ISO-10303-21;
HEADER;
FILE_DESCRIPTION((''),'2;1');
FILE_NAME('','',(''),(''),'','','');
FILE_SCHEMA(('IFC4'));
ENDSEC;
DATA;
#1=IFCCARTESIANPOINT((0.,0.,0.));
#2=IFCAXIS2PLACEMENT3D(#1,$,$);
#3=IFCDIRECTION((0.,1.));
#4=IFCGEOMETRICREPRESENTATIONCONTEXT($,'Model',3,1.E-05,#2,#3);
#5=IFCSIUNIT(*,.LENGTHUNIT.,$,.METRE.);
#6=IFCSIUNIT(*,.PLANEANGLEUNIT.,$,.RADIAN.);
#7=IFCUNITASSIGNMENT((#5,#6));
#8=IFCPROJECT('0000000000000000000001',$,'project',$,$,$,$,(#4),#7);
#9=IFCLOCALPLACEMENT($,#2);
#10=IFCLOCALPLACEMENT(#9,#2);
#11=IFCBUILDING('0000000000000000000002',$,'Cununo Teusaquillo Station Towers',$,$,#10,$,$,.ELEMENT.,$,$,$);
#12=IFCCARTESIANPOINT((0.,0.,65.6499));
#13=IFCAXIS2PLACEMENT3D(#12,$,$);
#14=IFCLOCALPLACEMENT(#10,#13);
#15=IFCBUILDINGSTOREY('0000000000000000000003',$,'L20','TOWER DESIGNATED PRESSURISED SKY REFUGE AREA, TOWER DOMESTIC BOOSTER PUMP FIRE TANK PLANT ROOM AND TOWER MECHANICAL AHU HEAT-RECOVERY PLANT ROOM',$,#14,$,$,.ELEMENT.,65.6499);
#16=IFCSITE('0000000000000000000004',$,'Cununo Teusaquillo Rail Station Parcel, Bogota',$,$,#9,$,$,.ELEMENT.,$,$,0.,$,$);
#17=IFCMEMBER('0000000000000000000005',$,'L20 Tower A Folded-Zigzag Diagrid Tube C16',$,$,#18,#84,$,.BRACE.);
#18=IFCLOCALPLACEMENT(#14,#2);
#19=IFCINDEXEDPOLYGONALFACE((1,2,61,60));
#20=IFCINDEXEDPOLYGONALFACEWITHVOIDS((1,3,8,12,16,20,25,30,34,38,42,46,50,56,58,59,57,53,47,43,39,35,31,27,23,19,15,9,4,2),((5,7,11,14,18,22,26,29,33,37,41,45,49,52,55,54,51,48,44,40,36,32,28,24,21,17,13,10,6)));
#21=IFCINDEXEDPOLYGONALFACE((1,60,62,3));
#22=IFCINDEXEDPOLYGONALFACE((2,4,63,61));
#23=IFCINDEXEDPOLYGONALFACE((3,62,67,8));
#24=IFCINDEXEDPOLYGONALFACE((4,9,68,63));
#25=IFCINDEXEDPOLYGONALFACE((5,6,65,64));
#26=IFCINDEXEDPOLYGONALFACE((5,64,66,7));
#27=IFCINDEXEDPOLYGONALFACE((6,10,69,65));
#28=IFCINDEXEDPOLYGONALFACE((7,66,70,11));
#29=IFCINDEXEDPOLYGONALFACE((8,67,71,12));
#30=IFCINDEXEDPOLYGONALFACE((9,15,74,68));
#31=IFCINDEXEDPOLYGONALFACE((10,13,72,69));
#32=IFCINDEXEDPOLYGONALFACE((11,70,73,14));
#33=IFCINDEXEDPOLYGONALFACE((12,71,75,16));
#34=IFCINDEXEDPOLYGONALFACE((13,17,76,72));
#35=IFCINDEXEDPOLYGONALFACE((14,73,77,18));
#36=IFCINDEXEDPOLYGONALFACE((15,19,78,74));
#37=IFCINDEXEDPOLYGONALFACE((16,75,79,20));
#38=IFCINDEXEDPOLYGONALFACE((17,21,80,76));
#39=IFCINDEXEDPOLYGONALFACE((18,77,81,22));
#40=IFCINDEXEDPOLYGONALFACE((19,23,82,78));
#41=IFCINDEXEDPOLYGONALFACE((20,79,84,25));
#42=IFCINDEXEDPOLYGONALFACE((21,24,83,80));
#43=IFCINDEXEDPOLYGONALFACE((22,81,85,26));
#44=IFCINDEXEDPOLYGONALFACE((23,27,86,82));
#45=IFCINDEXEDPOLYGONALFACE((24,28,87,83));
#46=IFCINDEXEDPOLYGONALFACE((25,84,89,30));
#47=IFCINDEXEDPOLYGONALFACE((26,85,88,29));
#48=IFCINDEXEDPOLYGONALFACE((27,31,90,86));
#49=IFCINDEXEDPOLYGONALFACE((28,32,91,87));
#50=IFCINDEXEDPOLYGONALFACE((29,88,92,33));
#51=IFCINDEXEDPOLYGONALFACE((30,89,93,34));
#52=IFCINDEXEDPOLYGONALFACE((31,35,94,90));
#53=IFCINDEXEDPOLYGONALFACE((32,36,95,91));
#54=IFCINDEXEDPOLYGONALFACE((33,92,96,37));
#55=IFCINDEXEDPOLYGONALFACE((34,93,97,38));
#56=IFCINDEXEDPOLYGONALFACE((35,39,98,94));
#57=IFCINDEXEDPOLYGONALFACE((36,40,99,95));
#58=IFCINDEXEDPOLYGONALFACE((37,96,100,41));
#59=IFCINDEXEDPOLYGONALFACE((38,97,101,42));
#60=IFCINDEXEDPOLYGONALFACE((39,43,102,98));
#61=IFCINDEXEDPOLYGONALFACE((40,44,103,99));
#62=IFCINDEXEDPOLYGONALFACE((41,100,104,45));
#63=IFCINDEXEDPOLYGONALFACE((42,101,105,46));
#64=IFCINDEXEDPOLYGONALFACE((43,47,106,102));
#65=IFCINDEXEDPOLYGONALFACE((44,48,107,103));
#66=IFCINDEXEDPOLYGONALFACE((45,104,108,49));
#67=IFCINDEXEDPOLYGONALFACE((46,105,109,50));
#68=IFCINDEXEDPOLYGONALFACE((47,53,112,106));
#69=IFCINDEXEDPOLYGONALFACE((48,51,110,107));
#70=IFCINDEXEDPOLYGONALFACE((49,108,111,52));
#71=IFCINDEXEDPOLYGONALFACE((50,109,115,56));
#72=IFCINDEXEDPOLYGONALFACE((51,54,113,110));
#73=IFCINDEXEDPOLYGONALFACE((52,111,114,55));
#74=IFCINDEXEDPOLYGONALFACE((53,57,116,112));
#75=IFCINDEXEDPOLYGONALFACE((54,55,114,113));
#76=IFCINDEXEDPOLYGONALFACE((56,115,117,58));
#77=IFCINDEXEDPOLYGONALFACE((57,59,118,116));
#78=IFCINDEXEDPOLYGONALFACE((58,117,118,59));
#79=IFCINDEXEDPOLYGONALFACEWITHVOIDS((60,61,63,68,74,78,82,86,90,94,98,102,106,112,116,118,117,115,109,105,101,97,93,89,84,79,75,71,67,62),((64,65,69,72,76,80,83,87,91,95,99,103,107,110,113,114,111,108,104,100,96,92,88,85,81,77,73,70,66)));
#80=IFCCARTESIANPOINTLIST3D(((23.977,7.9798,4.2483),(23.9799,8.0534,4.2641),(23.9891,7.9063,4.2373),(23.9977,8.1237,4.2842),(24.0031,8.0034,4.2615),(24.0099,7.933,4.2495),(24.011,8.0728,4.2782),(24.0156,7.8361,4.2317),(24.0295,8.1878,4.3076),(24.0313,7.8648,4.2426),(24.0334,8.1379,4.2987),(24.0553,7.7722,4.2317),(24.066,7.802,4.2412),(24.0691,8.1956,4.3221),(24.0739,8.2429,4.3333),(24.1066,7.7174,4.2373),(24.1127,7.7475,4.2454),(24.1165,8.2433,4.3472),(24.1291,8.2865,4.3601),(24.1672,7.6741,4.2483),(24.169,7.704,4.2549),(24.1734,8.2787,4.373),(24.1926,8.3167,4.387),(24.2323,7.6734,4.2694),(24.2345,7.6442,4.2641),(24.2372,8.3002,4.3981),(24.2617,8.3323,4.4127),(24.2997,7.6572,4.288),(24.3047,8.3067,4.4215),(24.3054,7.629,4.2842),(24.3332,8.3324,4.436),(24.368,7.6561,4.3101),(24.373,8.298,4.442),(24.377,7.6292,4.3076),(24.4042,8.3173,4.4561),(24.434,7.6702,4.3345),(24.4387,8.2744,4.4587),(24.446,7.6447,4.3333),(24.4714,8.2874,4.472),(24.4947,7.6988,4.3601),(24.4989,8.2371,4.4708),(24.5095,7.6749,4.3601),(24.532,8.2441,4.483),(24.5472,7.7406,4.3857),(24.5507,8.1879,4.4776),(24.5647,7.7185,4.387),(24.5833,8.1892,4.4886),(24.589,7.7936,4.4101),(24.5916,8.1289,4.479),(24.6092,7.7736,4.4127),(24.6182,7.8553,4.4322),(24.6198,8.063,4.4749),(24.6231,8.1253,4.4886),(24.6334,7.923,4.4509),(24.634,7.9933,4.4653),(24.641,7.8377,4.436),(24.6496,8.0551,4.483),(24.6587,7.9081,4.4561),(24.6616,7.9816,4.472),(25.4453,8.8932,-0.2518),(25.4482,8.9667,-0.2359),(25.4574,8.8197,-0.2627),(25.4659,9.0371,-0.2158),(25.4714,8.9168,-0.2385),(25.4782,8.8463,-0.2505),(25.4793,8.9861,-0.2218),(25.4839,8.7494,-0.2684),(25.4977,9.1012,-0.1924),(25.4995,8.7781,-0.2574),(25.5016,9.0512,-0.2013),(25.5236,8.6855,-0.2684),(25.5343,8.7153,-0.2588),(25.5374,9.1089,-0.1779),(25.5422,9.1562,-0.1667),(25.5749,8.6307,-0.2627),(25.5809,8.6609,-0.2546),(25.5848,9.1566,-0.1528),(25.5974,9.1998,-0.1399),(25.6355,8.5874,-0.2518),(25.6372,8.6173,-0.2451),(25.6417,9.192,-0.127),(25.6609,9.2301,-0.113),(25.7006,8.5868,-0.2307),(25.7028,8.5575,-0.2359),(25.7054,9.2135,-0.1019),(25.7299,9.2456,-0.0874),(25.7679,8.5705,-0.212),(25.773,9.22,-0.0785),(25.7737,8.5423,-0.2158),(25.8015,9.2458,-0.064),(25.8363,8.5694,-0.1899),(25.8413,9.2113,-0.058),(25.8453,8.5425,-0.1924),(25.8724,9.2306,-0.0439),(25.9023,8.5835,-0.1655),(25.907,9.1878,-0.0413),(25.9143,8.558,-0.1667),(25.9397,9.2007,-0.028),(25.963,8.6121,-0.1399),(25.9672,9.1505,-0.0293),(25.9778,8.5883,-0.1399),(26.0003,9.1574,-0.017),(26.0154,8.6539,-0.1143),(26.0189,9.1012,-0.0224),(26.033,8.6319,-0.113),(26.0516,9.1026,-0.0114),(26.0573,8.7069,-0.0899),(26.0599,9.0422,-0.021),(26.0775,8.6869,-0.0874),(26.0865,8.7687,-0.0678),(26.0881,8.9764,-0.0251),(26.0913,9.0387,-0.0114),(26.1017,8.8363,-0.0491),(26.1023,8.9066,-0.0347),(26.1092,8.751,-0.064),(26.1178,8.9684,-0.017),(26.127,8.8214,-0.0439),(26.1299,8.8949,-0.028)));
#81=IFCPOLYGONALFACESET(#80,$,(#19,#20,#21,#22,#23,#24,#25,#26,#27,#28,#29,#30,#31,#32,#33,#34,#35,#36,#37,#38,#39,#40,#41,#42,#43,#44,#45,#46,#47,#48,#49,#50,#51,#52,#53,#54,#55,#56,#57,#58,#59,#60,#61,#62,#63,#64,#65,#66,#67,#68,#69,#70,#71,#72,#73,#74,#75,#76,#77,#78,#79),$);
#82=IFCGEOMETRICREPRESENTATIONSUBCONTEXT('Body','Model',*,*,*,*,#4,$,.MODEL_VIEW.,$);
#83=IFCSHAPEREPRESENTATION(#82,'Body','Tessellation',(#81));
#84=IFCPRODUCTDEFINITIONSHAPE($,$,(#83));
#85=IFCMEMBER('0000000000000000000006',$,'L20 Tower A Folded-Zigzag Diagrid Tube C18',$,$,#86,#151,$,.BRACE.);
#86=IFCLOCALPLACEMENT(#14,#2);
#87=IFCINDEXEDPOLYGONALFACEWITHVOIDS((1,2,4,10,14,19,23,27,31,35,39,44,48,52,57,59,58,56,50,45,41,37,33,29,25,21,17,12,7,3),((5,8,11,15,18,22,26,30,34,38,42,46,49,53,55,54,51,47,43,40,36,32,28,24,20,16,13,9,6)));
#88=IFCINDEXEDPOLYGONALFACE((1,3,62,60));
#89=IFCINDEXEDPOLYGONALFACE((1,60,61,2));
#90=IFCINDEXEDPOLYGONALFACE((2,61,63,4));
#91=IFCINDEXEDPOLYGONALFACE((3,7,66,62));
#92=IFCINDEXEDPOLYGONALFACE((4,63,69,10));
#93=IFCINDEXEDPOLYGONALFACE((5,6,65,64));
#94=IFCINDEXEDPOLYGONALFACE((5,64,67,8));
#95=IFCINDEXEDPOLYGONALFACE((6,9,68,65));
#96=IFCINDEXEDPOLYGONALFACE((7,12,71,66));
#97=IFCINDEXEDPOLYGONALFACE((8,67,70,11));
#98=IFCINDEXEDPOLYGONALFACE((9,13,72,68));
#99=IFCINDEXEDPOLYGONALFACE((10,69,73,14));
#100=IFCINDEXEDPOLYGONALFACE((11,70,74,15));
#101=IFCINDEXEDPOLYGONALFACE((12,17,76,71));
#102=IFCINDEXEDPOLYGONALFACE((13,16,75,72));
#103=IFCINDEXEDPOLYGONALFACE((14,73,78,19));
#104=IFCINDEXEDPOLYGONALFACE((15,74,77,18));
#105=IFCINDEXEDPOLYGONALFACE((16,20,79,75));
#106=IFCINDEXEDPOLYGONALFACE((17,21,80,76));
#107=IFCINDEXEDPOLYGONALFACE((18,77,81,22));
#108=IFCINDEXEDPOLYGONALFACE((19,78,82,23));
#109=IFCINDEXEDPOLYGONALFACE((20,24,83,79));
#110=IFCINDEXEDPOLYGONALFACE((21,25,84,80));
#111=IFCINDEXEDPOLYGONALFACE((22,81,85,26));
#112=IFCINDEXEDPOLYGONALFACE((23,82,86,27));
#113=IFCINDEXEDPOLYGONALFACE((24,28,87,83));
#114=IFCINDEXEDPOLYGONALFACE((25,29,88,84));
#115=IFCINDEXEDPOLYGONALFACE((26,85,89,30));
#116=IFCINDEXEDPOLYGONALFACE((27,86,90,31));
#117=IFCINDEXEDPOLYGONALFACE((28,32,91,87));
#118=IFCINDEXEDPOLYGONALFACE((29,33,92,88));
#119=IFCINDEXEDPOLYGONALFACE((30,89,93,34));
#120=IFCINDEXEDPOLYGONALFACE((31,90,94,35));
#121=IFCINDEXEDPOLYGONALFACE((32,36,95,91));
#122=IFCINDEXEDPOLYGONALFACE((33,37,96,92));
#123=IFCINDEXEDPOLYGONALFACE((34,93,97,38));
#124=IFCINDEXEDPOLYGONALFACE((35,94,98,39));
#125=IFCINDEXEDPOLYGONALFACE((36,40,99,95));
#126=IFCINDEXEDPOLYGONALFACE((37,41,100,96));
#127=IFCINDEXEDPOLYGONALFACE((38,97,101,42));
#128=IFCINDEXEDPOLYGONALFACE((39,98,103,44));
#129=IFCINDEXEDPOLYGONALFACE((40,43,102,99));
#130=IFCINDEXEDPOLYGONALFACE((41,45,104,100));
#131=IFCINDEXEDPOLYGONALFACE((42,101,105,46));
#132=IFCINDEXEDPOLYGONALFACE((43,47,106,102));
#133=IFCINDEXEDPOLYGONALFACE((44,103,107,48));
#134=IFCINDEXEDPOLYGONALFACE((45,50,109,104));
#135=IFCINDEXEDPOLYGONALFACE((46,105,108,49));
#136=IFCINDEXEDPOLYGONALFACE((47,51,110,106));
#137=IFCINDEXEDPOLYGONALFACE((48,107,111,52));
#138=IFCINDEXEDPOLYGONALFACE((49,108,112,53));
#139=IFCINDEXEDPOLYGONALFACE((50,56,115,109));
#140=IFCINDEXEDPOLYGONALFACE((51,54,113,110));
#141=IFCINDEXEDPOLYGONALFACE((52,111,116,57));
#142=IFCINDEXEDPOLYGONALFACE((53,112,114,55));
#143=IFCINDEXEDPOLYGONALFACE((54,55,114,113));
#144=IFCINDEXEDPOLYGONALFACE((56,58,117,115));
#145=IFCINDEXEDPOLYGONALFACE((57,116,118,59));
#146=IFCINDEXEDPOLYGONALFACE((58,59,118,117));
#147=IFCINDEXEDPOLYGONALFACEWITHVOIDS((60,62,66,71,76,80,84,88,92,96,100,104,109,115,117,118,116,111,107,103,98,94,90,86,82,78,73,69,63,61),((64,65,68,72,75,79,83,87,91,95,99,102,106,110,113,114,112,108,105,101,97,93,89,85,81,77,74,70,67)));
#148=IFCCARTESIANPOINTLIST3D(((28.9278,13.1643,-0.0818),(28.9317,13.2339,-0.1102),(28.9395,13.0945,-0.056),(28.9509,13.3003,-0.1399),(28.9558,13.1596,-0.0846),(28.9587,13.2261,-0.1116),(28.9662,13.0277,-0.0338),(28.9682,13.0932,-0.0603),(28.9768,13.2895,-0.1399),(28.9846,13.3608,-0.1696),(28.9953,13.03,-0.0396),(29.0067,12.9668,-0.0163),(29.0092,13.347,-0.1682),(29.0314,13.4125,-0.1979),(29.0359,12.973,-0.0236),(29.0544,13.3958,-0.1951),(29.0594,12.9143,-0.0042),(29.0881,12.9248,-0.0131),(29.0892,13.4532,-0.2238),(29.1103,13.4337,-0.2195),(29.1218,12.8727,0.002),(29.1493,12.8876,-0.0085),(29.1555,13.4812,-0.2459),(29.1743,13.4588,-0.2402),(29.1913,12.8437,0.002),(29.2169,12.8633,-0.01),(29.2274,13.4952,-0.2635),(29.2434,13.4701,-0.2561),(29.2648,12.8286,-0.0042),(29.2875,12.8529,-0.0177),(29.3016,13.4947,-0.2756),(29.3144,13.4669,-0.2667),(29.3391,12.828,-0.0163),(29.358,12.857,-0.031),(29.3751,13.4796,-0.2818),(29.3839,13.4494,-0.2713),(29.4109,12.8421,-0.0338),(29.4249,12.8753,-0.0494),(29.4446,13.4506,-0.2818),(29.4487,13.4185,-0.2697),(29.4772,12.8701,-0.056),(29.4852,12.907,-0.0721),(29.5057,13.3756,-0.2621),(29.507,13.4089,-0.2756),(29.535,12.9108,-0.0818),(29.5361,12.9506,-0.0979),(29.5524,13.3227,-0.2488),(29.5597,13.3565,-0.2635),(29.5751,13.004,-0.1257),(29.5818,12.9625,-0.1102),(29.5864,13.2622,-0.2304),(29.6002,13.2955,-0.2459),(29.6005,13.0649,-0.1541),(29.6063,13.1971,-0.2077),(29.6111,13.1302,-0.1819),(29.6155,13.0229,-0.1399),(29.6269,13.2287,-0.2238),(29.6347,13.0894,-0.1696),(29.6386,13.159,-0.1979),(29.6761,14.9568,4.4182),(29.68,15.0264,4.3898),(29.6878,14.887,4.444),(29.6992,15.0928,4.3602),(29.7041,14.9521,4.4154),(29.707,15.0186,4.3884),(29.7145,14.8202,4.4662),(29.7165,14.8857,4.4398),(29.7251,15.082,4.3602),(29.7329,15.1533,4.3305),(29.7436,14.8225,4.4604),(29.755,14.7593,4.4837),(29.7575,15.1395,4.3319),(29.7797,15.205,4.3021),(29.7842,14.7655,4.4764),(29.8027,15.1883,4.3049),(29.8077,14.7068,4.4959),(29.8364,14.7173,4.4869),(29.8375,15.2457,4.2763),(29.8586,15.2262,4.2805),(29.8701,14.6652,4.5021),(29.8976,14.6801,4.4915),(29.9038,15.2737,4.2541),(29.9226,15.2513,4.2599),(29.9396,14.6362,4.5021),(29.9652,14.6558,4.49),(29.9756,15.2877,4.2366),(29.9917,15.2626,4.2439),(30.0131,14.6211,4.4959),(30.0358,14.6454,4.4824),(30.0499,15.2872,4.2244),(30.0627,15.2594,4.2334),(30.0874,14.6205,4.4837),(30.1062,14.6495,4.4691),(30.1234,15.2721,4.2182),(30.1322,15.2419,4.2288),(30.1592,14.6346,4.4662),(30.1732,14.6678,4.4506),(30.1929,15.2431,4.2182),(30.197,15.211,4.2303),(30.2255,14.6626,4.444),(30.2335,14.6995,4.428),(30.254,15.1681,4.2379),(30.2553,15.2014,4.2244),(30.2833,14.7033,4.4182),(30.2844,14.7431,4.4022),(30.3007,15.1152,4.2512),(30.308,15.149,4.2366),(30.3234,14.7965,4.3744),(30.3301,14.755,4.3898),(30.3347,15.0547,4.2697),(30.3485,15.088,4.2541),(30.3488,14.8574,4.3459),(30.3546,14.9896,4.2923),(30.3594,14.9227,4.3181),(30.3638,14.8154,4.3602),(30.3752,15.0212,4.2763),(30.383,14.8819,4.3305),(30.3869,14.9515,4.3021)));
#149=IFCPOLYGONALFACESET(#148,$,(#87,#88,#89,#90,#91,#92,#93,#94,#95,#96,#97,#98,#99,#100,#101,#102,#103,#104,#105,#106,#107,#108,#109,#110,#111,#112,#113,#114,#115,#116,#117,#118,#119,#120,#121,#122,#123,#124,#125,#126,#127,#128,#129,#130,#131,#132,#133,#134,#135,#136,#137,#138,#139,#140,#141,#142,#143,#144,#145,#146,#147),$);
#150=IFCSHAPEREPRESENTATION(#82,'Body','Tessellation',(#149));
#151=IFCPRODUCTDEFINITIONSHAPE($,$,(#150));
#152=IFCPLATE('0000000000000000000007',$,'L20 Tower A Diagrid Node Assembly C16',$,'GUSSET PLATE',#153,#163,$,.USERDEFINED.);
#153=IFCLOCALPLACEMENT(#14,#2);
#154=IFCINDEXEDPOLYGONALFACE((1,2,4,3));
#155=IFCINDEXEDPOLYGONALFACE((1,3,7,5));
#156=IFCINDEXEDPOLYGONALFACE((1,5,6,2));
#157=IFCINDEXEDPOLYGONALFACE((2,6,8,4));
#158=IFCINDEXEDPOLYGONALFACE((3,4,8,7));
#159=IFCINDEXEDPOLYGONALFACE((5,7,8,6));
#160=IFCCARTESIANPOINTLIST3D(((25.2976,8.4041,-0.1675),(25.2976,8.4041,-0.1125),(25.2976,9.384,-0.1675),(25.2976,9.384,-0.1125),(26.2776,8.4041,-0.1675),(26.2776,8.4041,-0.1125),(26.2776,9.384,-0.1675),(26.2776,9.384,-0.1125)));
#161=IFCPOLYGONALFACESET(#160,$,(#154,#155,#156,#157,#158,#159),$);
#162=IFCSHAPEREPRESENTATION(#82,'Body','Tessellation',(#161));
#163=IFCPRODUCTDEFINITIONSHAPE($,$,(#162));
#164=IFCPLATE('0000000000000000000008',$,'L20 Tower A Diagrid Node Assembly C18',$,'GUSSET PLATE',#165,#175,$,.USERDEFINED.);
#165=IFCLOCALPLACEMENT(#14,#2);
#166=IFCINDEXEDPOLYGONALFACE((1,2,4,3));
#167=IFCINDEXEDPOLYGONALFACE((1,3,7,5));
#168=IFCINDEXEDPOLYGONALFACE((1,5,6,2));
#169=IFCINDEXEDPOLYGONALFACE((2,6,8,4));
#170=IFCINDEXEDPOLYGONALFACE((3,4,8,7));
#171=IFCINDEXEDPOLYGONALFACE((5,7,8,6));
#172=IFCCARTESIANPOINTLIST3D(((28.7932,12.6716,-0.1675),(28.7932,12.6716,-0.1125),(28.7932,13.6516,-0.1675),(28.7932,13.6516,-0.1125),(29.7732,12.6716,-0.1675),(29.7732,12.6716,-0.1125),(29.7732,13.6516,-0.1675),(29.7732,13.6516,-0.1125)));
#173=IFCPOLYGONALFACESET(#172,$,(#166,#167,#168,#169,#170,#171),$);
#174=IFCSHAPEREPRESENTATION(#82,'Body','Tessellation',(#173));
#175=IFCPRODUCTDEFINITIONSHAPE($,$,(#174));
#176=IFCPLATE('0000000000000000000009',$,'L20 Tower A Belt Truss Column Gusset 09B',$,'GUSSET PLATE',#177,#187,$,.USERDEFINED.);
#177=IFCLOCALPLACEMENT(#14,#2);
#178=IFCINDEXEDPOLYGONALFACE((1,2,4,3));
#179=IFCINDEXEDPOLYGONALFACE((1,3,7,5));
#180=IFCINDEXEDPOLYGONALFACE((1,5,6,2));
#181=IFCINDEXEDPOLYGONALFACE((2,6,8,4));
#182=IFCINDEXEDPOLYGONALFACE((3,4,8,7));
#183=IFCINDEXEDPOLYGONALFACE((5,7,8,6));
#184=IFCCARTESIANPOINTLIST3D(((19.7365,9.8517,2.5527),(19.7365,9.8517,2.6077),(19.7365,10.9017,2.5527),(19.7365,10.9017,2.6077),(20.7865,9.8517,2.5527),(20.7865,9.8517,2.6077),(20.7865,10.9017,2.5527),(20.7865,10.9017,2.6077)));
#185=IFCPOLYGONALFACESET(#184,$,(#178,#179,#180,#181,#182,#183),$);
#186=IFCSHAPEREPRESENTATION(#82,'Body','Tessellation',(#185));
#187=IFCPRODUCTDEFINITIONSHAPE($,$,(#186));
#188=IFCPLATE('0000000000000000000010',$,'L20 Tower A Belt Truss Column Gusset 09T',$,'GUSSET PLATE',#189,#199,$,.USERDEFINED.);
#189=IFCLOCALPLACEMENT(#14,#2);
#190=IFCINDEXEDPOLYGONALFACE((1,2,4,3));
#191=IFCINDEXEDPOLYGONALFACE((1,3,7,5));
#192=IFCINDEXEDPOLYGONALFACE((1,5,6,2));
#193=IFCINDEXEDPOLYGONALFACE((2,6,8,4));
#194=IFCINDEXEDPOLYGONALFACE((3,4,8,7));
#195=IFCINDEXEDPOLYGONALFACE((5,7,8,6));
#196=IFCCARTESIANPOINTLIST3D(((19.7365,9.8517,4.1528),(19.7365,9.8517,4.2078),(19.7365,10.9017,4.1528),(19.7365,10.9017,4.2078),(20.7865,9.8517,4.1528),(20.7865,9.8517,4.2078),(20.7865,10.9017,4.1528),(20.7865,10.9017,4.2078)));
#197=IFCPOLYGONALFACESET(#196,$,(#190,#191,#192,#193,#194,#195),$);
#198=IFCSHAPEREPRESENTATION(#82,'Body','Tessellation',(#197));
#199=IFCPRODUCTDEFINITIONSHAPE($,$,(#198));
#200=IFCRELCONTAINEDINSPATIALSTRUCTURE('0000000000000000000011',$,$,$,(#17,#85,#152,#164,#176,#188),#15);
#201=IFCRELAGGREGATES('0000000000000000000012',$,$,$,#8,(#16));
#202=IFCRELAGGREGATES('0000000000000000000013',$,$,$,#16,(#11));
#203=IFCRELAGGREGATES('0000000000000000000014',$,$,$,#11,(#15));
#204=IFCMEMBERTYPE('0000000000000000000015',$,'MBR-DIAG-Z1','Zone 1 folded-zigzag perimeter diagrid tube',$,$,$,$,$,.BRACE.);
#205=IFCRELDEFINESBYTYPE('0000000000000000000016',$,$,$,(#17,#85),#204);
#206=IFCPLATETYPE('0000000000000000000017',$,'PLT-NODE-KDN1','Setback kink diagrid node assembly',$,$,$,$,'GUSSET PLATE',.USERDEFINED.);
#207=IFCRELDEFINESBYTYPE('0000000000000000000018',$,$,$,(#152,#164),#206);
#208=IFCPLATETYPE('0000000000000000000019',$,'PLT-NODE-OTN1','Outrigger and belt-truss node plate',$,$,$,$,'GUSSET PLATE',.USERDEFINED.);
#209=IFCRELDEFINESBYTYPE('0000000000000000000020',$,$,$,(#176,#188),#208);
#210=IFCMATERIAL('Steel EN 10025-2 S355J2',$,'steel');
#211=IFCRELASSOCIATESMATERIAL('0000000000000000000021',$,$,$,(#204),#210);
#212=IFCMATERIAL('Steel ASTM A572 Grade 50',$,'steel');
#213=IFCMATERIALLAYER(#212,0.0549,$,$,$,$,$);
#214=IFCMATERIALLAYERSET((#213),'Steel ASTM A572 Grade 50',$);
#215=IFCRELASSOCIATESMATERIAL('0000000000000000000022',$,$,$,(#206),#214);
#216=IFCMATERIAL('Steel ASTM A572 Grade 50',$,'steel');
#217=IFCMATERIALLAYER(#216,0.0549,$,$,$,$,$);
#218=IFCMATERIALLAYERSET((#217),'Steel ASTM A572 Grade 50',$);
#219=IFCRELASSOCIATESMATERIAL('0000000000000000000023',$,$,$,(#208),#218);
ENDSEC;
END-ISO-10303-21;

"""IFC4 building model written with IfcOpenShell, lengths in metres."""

from ifc_helpers import new_model, si_unit, direction, frame, origin, origin_2d, place, context, subcontext, project, spatial, rectangle, hollow_circle, extrude, source, transform, mapped, material, layer, layer_set, material_profile, profile_set, type_object, element, save


model = new_model("IFC4")

# Units and contexts
model_context = context("Model", 3, precision=1e-05, world=origin(), true_north=direction((0.0, 1.0)))
body_context = subcontext(model_context, "Body", "Model", "MODEL_VIEW")
ifc_project = project(units=[si_unit("LENGTHUNIT", "METRE"), si_unit("PLANEANGLEUNIT", "RADIAN")], contexts=[model_context])

# Site, building, storey
site_placement = place(None, origin())
site = spatial("IfcSite", under=ifc_project, at=site_placement, Name="Cununo Teusaquillo Rail Station Parcel, Bogota", CompositionType="ELEMENT", RefElevation=0.0)
building_placement = place(site_placement, origin())
building = spatial("IfcBuilding", under=site, at=building_placement, Name="Cununo Teusaquillo Station Towers", CompositionType="ELEMENT")
storey_placement = place(building_placement, frame((0.0, 0.0, 65.6499)))
storey = spatial("IfcBuildingStorey", under=building, at=storey_placement, Name="L20", Description="TOWER DESIGNATED PRESSURISED SKY REFUGE AREA, TOWER DOMESTIC BOOSTER PUMP FIRE TANK PLANT ROOM AND TOWER MECHANICAL AHU HEAT-RECOVERY PLANT ROOM", CompositionType="ELEMENT", Elevation=65.6499)

# Members
ifc_material_1 = material(Name="Steel EN 10025-2 S355J2", Category="steel")
ifc_material_profile_1 = material_profile(ifc_material_1, hollow_circle(Radius=0.3601, WallThickness=0.0281, at=origin_2d()), Name="CHS 720x28")
ifc_profile_set_1 = profile_set([ifc_material_profile_1], Name="Steel EN 10025-2 S355J2")
member_type_1 = type_object("IfcMemberType", Name="MBR-DIAG-Z1", Description="Zone 1 folded-zigzag perimeter diagrid tube", PredefinedType="BRACE", material=ifc_profile_set_1)
member_1_placement = place(storey_placement, frame((25.7876, 8.894, -0.1399), z_axis=(-0.304569, -0.189457, 0.933458), x_axis=(0.528196, -0.849123, 0.0)))
element("IfcMember", 1, at=member_1_placement, inside=storey, type_object=member_type_1, Name="L20 Tower A Folded-Zigzag Diagrid Tube C16", PredefinedType="BRACE", context=body_context, shape_type="SweptSolid", body=[
    extrude(hollow_circle(Radius=0.3601, WallThickness=0.0281, at=origin_2d()), origin(), (0.0, 0.0, 1.0), 4.8208),
])
member_2_placement = place(storey_placement, frame((29.2832, 13.1616, -0.1399), z_axis=(0.152671, 0.365714, 0.91812), x_axis=(-0.922816, 0.38524, 0.0)))
element("IfcMember", 2, at=member_2_placement, inside=storey, type_object=member_type_1, Name="L20 Tower A Folded-Zigzag Diagrid Tube C18", PredefinedType="BRACE", context=body_context, shape_type="SweptSolid", body=[
    extrude(hollow_circle(Radius=0.3601, WallThickness=0.0281, at=origin_2d()), origin(), (0.0, 0.0, 1.0), 4.9014),
])

# Plates
ifc_material_2 = material(Name="Steel ASTM A572 Grade 50", Category="steel")
ifc_layer_1 = layer(ifc_material_2, 0.0549)
ifc_layer_set_1 = layer_set([ifc_layer_1], Name="Steel ASTM A572 Grade 50")
plate_type_1 = type_object("IfcPlateType", Name="PLT-NODE-KDN1", Description="Setback kink diagrid node assembly", ElementType="GUSSET PLATE", PredefinedType="USERDEFINED", material=ifc_layer_set_1)
shared_shape_1 = source(origin(), body_context, "Body", "SweptSolid", [
    extrude(rectangle(XDim=0.98, YDim=0.98, at=origin_2d()), origin(), (0.0, 0.0, 1.0), 0.0549),
])
for number, where, z_axis, x_axis, name in (
    (3, (25.7876, 8.894, -0.1675), (0.0, 0.0, 1.0), (1.0, 0.0, 0.0), "L20 Tower A Diagrid Node Assembly C16"),
    (4, (29.2832, 13.1616, -0.1675), (0.0, 0.0, 1.0), (1.0, 0.0, 0.0), "L20 Tower A Diagrid Node Assembly C18"),
):
    element("IfcPlate", number, at=place(storey_placement, frame(where, z_axis=z_axis, x_axis=x_axis)), inside=storey, type_object=plate_type_1, Name=name, ObjectType="GUSSET PLATE", PredefinedType="USERDEFINED", context=body_context, shape_type="MappedRepresentation", body=[
        mapped(shared_shape_1, transform((0.0, 0.0, 0.0), x_axis=(1.0, 0.0, 0.0), y_axis=(0.0, 1.0, 0.0), z_axis=(0.0, 0.0, 1.0), scale=1.0)),
    ])
ifc_material_3 = material(Name="Steel ASTM A572 Grade 50", Category="steel")
ifc_layer_2 = layer(ifc_material_3, 0.0549)
ifc_layer_set_2 = layer_set([ifc_layer_2], Name="Steel ASTM A572 Grade 50")
plate_type_2 = type_object("IfcPlateType", Name="PLT-NODE-OTN1", Description="Outrigger and belt-truss node plate", ElementType="GUSSET PLATE", PredefinedType="USERDEFINED", material=ifc_layer_set_2)
shared_shape_2 = source(origin(), body_context, "Body", "SweptSolid", [
    extrude(rectangle(XDim=1.05, YDim=1.05, at=origin_2d()), origin(), (0.0, 0.0, 1.0), 0.0549),
])
for number, where, z_axis, x_axis, name in (
    (5, (20.2615, 10.3767, 2.5527), (0.0, 0.0, 1.0), (1.0, 0.0, 0.0), "L20 Tower A Belt Truss Column Gusset 09B"),
    (6, (20.2615, 10.3767, 4.1528), (0.0, 0.0, 1.0), (1.0, 0.0, 0.0), "L20 Tower A Belt Truss Column Gusset 09T"),
):
    element("IfcPlate", number, at=place(storey_placement, frame(where, z_axis=z_axis, x_axis=x_axis)), inside=storey, type_object=plate_type_2, Name=name, ObjectType="GUSSET PLATE", PredefinedType="USERDEFINED", context=body_context, shape_type="MappedRepresentation", body=[
        mapped(shared_shape_2, transform((0.0, 0.0, 0.0), x_axis=(1.0, 0.0, 0.0), y_axis=(0.0, 1.0, 0.0), z_axis=(0.0, 0.0, 1.0), scale=1.0)),
    ])

save(model, "model.ifc")
